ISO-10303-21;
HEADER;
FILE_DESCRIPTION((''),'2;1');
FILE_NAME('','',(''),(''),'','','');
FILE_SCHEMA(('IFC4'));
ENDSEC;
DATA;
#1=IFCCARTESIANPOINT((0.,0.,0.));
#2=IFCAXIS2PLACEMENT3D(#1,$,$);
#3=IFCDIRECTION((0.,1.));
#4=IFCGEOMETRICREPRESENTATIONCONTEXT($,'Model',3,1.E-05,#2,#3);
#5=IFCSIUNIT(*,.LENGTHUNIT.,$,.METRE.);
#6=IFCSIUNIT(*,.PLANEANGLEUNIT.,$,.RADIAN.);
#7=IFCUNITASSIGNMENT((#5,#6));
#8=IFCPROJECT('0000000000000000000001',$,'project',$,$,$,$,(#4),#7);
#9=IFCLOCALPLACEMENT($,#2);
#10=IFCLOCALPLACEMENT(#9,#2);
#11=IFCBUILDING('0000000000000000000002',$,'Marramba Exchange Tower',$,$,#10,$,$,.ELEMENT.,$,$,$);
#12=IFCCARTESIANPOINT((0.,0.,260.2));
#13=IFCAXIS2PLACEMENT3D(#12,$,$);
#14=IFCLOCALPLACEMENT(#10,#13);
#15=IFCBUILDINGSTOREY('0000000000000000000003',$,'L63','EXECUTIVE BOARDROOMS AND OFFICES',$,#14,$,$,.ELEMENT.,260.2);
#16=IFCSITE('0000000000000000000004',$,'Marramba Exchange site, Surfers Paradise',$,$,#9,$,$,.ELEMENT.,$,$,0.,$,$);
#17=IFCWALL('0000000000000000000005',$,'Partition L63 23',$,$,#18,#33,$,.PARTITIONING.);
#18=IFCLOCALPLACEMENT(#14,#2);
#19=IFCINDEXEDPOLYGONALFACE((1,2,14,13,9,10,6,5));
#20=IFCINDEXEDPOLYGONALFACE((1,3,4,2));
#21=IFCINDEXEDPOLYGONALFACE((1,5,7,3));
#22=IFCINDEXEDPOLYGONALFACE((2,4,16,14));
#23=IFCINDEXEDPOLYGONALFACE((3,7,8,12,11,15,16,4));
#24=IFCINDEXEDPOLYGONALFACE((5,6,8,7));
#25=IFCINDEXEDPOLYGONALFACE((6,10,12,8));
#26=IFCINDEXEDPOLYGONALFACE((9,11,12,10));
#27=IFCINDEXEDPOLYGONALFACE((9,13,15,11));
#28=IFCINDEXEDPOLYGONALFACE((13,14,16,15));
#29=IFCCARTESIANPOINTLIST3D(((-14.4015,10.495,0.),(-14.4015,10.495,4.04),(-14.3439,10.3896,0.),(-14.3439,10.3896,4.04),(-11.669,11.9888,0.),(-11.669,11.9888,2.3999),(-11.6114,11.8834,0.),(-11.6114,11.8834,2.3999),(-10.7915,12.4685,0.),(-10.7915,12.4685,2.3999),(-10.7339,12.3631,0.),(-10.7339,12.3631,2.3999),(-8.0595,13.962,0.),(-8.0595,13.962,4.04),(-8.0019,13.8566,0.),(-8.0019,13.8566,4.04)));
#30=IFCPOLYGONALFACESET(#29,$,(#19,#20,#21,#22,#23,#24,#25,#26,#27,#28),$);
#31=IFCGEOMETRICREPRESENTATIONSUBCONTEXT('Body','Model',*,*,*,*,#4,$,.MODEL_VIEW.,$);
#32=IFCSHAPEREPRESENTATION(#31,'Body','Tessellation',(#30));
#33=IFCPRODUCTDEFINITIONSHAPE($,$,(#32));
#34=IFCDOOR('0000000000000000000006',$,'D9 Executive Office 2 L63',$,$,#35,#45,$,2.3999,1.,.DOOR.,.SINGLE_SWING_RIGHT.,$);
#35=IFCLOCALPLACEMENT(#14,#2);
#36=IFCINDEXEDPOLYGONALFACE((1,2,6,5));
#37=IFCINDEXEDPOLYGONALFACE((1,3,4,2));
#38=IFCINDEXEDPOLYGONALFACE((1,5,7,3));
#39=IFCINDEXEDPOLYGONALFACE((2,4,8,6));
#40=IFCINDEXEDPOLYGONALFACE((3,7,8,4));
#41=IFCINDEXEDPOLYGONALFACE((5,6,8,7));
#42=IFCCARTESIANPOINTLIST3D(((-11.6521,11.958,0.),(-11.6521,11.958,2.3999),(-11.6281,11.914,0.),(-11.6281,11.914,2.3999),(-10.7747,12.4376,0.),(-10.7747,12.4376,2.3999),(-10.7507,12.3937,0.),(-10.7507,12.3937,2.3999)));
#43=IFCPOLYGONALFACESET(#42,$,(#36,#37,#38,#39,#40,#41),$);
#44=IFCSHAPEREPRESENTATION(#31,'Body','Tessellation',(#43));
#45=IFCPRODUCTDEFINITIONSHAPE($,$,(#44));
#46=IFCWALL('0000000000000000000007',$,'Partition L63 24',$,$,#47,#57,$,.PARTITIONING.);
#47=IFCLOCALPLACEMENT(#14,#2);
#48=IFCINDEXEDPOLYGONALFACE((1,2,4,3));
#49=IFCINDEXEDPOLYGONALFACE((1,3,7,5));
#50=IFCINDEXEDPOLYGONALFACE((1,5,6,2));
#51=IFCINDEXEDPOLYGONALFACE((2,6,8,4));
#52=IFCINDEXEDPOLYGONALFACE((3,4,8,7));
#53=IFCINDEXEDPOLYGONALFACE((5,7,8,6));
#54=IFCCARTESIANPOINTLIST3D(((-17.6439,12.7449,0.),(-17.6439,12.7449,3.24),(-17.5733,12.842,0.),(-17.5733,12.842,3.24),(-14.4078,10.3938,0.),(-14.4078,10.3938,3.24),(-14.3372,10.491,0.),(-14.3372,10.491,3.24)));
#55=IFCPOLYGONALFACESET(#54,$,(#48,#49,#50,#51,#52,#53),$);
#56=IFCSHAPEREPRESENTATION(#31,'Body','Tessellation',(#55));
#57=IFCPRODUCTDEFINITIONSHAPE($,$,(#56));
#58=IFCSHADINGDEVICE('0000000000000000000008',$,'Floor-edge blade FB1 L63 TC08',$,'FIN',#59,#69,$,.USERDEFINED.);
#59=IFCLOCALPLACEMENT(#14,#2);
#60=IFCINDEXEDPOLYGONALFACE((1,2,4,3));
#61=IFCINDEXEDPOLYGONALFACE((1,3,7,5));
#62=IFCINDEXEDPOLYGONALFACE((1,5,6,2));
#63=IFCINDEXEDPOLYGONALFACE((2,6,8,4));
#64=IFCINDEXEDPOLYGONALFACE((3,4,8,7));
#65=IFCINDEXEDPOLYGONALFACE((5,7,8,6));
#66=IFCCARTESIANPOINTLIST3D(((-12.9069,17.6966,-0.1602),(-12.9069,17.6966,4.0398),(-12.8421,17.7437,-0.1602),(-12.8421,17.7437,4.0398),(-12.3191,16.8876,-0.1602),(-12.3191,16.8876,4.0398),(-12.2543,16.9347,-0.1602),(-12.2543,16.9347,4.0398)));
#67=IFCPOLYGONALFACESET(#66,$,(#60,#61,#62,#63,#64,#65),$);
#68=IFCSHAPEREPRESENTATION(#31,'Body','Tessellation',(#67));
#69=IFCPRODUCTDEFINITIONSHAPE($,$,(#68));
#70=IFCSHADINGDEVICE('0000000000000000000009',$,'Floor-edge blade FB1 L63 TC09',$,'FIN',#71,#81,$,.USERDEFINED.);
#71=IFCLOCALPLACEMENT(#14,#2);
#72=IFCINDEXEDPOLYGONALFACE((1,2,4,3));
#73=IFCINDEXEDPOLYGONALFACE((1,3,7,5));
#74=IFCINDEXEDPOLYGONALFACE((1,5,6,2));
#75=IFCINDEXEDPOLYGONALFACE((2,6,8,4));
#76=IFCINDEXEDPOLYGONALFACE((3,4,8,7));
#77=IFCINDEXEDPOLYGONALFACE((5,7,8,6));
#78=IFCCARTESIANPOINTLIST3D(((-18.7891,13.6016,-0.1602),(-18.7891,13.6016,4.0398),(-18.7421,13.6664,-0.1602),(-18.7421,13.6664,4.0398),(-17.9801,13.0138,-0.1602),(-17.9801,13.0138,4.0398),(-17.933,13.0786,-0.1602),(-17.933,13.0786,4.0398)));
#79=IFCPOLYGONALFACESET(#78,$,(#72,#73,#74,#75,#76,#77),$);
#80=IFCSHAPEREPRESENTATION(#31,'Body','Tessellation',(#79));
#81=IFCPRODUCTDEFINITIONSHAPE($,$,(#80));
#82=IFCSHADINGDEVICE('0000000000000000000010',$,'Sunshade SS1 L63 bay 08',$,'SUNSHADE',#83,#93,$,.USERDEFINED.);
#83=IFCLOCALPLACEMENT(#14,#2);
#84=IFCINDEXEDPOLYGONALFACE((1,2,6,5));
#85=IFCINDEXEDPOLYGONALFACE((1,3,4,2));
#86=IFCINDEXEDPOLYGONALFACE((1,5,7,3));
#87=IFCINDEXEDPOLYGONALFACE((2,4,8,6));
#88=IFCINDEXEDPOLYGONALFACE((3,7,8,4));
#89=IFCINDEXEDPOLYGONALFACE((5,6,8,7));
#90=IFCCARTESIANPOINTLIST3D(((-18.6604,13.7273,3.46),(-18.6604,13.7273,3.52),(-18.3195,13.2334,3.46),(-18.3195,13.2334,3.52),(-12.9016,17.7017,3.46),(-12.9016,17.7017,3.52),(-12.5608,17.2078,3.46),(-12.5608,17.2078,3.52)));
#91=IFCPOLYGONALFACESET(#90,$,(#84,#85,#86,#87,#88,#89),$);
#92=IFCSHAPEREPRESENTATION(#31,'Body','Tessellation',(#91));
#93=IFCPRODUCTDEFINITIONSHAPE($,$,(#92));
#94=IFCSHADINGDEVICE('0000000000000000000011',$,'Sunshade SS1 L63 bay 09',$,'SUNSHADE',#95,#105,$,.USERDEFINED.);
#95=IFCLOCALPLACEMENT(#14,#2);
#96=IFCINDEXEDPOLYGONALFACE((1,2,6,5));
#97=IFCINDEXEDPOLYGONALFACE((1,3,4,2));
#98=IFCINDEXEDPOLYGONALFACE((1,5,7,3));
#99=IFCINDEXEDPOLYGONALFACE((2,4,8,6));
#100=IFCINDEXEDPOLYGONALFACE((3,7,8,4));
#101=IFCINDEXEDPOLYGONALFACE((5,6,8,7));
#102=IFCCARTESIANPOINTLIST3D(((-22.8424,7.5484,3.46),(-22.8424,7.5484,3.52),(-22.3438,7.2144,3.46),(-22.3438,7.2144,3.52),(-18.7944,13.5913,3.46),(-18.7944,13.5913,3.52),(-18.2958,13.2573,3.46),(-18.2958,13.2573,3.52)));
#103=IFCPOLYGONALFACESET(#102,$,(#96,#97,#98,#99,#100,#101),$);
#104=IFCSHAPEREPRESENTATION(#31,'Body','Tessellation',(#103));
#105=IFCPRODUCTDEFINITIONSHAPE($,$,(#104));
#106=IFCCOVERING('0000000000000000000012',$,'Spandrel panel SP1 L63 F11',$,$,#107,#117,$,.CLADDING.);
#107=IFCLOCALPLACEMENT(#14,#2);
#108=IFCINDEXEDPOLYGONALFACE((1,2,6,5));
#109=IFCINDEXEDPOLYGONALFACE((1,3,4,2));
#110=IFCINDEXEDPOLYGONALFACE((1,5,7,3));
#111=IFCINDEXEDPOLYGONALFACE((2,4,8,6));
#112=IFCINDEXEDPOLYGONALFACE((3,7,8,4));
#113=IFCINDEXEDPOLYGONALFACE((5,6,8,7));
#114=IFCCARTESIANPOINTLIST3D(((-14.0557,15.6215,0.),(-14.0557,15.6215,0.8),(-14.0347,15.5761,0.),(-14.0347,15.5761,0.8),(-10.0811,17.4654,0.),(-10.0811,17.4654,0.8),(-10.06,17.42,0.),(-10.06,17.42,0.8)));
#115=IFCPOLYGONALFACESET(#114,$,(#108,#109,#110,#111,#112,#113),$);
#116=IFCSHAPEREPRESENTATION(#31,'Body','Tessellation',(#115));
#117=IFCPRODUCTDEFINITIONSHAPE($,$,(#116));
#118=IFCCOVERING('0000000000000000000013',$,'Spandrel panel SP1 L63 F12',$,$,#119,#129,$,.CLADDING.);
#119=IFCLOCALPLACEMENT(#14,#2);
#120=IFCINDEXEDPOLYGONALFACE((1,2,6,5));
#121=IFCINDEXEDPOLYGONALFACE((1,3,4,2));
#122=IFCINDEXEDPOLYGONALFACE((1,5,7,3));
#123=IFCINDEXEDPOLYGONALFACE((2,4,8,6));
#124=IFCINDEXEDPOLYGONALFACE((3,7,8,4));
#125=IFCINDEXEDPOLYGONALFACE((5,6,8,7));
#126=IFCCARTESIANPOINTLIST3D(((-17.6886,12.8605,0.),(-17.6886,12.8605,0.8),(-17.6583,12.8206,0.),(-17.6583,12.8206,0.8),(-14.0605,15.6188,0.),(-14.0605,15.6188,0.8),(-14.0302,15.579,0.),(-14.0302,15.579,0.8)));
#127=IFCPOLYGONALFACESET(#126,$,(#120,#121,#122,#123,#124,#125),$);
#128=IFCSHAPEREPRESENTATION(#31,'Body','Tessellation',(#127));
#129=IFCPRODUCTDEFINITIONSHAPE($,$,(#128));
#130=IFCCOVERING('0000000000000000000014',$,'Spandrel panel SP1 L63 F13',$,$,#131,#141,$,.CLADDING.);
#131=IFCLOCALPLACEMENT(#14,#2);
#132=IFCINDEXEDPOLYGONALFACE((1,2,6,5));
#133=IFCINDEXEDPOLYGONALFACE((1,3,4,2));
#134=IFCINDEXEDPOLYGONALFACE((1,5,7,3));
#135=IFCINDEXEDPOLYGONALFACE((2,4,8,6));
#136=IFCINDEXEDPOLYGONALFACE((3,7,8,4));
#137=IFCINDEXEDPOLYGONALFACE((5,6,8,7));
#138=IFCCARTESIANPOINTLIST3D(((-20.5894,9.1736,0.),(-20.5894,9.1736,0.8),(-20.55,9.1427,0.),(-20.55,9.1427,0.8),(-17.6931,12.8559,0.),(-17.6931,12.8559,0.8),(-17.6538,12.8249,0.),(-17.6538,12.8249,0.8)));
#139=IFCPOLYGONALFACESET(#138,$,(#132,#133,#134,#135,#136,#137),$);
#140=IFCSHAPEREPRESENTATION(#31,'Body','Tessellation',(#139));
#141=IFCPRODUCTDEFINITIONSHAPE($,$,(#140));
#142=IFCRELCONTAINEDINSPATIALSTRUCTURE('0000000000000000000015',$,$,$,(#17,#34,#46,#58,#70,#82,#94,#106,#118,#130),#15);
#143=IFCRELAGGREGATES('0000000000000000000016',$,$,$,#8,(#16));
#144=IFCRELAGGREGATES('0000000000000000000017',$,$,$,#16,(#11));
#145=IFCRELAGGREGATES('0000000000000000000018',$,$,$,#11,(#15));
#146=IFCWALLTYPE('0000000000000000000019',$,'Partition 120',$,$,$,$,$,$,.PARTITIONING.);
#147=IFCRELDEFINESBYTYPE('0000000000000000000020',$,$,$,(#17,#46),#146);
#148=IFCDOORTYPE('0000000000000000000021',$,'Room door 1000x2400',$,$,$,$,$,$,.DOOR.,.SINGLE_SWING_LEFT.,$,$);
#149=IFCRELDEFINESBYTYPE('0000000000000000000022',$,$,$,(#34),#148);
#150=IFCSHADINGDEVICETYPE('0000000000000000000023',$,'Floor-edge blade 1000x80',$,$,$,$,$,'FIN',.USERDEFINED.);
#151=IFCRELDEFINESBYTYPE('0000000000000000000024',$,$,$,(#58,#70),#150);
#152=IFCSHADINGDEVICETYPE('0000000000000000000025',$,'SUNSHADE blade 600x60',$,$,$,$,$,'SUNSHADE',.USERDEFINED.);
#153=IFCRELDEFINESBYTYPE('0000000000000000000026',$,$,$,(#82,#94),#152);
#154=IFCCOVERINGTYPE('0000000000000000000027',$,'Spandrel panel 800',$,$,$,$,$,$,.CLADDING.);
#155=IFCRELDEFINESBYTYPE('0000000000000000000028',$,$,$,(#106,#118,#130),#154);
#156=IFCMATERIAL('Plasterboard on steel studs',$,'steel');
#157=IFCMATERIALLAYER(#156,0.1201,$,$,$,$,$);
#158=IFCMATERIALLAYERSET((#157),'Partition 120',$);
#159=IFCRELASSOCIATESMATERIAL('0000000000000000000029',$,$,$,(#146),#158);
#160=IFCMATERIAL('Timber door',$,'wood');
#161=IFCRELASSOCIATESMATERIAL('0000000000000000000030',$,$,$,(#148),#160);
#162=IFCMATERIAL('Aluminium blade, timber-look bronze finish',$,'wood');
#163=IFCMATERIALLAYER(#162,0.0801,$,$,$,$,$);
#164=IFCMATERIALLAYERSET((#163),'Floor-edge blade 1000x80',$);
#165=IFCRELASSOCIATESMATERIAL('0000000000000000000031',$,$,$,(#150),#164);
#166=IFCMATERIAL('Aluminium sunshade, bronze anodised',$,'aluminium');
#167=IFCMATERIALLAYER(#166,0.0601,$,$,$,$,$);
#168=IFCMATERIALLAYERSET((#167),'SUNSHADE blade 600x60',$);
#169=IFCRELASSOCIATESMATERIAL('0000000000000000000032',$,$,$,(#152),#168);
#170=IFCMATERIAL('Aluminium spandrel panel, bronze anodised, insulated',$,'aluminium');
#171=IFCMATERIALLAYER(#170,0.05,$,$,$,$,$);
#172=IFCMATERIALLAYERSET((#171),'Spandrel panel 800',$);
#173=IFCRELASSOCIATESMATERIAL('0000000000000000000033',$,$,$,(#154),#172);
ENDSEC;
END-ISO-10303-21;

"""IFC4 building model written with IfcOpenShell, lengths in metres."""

from ifc_helpers import new_model, si_unit, direction, frame, frame_2d, origin, origin_2d, place, context, subcontext, project, spatial, rectangle, extrude, material, layer, layer_set, type_object, element, fill, save


model = new_model("IFC4")

# Units and contexts
model_context = context("Model", 3, precision=1e-05, world=origin(), true_north=direction((0.0, 1.0)))
body_context = subcontext(model_context, "Body", "Model", "MODEL_VIEW")
ifc_project = project(units=[si_unit("LENGTHUNIT", "METRE"), si_unit("PLANEANGLEUNIT", "RADIAN")], contexts=[model_context])

# Site, building, storey
site_placement = place(None, origin())
site = spatial("IfcSite", under=ifc_project, at=site_placement, Name="Marramba Exchange site, Surfers Paradise", CompositionType="ELEMENT", RefElevation=0.0)
building_placement = place(site_placement, origin())
building = spatial("IfcBuilding", under=site, at=building_placement, Name="Marramba Exchange Tower", CompositionType="ELEMENT")
storey_placement = place(building_placement, frame((0.0, 0.0, 260.2)))
storey = spatial("IfcBuildingStorey", under=building, at=storey_placement, Name="L63", Description="EXECUTIVE BOARDROOMS AND OFFICES", CompositionType="ELEMENT", Elevation=260.2)

# Wall, opening, door
ifc_material_1 = material(Name="Plasterboard on steel studs", Category="steel")
ifc_layer_1 = layer(ifc_material_1, 0.1201)
ifc_layer_set_1 = layer_set([ifc_layer_1], Name="Partition 120")
wall_type_1 = type_object("IfcWallType", Name="Partition 120", PredefinedType="PARTITIONING", material=ifc_layer_set_1)
wall_1_placement = place(storey_placement, frame((-14.3726, 10.4424, 0.0), z_axis=(0.0, 0.0, 1.0), x_axis=(0.877445, 0.479678, 0.0)))
wall_1 = element("IfcWall", 1, at=wall_1_placement, inside=storey, type_object=wall_type_1, Name="Partition L63 23", PredefinedType="PARTITIONING", context=body_context, shape_type="SweptSolid", body=[
    extrude(rectangle(XDim=7.2278, YDim=0.1201, at=frame_2d((3.6138, 0.0))), origin(), (0.0, 0.0, 1.0), 4.04),
])
opening_1_placement = place(wall_1_placement, frame((3.114, 0.0, 0.0)))
opening_1 = element("IfcOpeningElement", 2, at=opening_1_placement, cuts=wall_1, PredefinedType="OPENING", context=body_context, shape_type="SweptSolid", body=[
    extrude(rectangle(XDim=1.0, YDim=2.3999, at=frame_2d((0.5, 1.2))), frame((0.0, 0.0701, 0.0), z_axis=(0.0, -1.0, 0.0), x_axis=(1.0, 0.0, 0.0)), (0.0, 0.0, 1.0), 0.1401),
])
ifc_material_2 = material(Name="Timber door", Category="wood")
door_type_1 = type_object("IfcDoorType", Name="Room door 1000x2400", OperationType="SINGLE_SWING_LEFT", PredefinedType="DOOR", material=ifc_material_2)
door_1_placement = place(opening_1_placement, origin())
door_1 = element("IfcDoor", 3, at=door_1_placement, inside=storey, type_object=door_type_1, Name="D9 Executive Office 2 L63", OperationType="SINGLE_SWING_RIGHT", OverallHeight=2.3999, OverallWidth=1.0, PredefinedType="DOOR", context=body_context, shape_type="SweptSolid", body=[
    extrude(rectangle(XDim=1.0, YDim=2.3999, at=frame_2d((0.5, 1.2))), frame((0.0, 0.0249, 0.0), z_axis=(0.0, -1.0, 0.0), x_axis=(1.0, 0.0, 0.0)), (0.0, 0.0, 1.0), 0.05),
])
fill(opening_1, door_1)

# Wall
wall_2_placement = place(storey_placement, frame((-17.6086, 12.7935, 0.0), z_axis=(0.0, 0.0, 1.0), x_axis=(0.809026, -0.587772, 0.0)))
element("IfcWall", 4, at=wall_2_placement, inside=storey, type_object=wall_type_1, Name="Partition L63 24", PredefinedType="PARTITIONING", context=body_context, shape_type="SweptSolid", body=[
    extrude(rectangle(XDim=4.0, YDim=0.1201, at=frame_2d((2.0, 0.0))), origin(), (0.0, 0.0, 1.0), 3.24),
])

# Shading devices
ifc_material_3 = material(Name="Aluminium blade, timber-look bronze finish", Category="wood")
ifc_layer_2 = layer(ifc_material_3, 0.0801)
ifc_layer_set_2 = layer_set([ifc_layer_2], Name="Floor-edge blade 1000x80")
shading_device_type_1 = type_object("IfcShadingDeviceType", Name="Floor-edge blade 1000x80", ElementType="FIN", PredefinedType="USERDEFINED", material=ifc_layer_set_2)
for number, where, z_axis, x_axis, name in (
    (5, (-12.5806, 17.3157, -0.1602), (0.0, 0.0, 1.0), (-0.587785, 0.809017, 0.0), "Floor-edge blade FB1 L63 TC08"),
    (6, (-18.3611, 13.3401, -0.1602), (0.0, 0.0, 1.0), (-0.809017, 0.587785, 0.0), "Floor-edge blade FB1 L63 TC09"),
):
    element("IfcShadingDevice", number, at=place(storey_placement, frame(where, z_axis=z_axis, x_axis=x_axis)), inside=storey, type_object=shading_device_type_1, Name=name, ObjectType="FIN", PredefinedType="USERDEFINED", context=body_context, shape_type="SweptSolid", body=[
        extrude(rectangle(XDim=1.0, YDim=0.0801, at=origin_2d()), origin(), (0.0, 0.0, 1.0), 4.2),
    ])
ifc_material_4 = material(Name="Aluminium sunshade, bronze anodised", Category="aluminium")
ifc_layer_3 = layer(ifc_material_4, 0.0601)
ifc_layer_set_3 = layer_set([ifc_layer_3], Name="SUNSHADE blade 600x60")
shading_device_type_2 = type_object("IfcShadingDeviceType", Name="SUNSHADE blade 600x60", ElementType="SUNSHADE", PredefinedType="USERDEFINED", material=ifc_layer_set_3)
shading_device_1_placement = place(storey_placement, frame((-15.6106, 15.4675, 3.46), z_axis=(0.0, 0.0, 1.0), x_axis=(-0.823024, -0.568006, 0.0)))
element("IfcShadingDevice", 7, at=shading_device_1_placement, inside=storey, type_object=shading_device_type_2, Name="Sunshade SS1 L63 bay 08", ObjectType="SUNSHADE", PredefinedType="USERDEFINED", context=body_context, shape_type="SweptSolid", body=[
    extrude(rectangle(XDim=6.9971, YDim=0.6001, at=origin_2d()), origin(), (0.0, 0.0, 1.0), 0.0601),
])
shading_device_2_placement = place(storey_placement, frame((-20.5691, 10.4028, 3.46), z_axis=(0.0, 0.0, 1.0), x_axis=(-0.55654, -0.830821, 0.0)))
element("IfcShadingDevice", 8, at=shading_device_2_placement, inside=storey, type_object=shading_device_type_2, Name="Sunshade SS1 L63 bay 09", ObjectType="SUNSHADE", PredefinedType="USERDEFINED", context=body_context, shape_type="SweptSolid", body=[
    extrude(rectangle(XDim=7.2734, YDim=0.6001, at=origin_2d()), origin(), (0.0, 0.0, 1.0), 0.0601),
])

# Coverings
ifc_material_5 = material(Name="Aluminium spandrel panel, bronze anodised, insulated", Category="aluminium")
ifc_layer_4 = layer(ifc_material_5, 0.05)
ifc_layer_set_4 = layer_set([ifc_layer_4], Name="Spandrel panel 800")
covering_type = type_object("IfcCoveringType", Name="Spandrel panel 800", PredefinedType="CLADDING", material=ifc_layer_set_4)
covering_1_placement = place(storey_placement, frame((-12.0579, 16.5208, 0.0), z_axis=(0.0, 0.0, 1.0), x_axis=(-0.907131, -0.420849, 0.0)))
element("IfcCovering", 9, at=covering_1_placement, inside=storey, type_object=covering_type, Name="Spandrel panel SP1 L63 F11", PredefinedType="CLADDING", context=body_context, shape_type="SweptSolid", body=[
    extrude(rectangle(XDim=4.3816, YDim=0.05, at=origin_2d()), origin(), (0.0, 0.0, 1.0), 0.8),
])
covering_2_placement = place(storey_placement, frame((-15.8594, 14.2197, 0.0), z_axis=(0.0, 0.0, 1.0), x_axis=(-0.796059, -0.605219, 0.0)))
element("IfcCovering", 10, at=covering_2_placement, inside=storey, type_object=covering_type, Name="Spandrel panel SP1 L63 F12", PredefinedType="CLADDING", context=body_context, shape_type="SweptSolid", body=[
    extrude(rectangle(XDim=4.5576, YDim=0.05, at=origin_2d()), origin(), (0.0, 0.0, 1.0), 0.8),
])
covering_3_placement = place(storey_placement, frame((-19.1216, 10.9993, 0.0), z_axis=(0.0, 0.0, 1.0), x_axis=(-0.618223, -0.786003, 0.0)))
element("IfcCovering", 11, at=covering_3_placement, inside=storey, type_object=covering_type, Name="Spandrel panel SP1 L63 F13", PredefinedType="CLADDING", context=body_context, shape_type="SweptSolid", body=[
    extrude(rectangle(XDim=4.6848, YDim=0.05, at=origin_2d()), origin(), (0.0, 0.0, 1.0), 0.8),
])

save(model, "model.ifc")
